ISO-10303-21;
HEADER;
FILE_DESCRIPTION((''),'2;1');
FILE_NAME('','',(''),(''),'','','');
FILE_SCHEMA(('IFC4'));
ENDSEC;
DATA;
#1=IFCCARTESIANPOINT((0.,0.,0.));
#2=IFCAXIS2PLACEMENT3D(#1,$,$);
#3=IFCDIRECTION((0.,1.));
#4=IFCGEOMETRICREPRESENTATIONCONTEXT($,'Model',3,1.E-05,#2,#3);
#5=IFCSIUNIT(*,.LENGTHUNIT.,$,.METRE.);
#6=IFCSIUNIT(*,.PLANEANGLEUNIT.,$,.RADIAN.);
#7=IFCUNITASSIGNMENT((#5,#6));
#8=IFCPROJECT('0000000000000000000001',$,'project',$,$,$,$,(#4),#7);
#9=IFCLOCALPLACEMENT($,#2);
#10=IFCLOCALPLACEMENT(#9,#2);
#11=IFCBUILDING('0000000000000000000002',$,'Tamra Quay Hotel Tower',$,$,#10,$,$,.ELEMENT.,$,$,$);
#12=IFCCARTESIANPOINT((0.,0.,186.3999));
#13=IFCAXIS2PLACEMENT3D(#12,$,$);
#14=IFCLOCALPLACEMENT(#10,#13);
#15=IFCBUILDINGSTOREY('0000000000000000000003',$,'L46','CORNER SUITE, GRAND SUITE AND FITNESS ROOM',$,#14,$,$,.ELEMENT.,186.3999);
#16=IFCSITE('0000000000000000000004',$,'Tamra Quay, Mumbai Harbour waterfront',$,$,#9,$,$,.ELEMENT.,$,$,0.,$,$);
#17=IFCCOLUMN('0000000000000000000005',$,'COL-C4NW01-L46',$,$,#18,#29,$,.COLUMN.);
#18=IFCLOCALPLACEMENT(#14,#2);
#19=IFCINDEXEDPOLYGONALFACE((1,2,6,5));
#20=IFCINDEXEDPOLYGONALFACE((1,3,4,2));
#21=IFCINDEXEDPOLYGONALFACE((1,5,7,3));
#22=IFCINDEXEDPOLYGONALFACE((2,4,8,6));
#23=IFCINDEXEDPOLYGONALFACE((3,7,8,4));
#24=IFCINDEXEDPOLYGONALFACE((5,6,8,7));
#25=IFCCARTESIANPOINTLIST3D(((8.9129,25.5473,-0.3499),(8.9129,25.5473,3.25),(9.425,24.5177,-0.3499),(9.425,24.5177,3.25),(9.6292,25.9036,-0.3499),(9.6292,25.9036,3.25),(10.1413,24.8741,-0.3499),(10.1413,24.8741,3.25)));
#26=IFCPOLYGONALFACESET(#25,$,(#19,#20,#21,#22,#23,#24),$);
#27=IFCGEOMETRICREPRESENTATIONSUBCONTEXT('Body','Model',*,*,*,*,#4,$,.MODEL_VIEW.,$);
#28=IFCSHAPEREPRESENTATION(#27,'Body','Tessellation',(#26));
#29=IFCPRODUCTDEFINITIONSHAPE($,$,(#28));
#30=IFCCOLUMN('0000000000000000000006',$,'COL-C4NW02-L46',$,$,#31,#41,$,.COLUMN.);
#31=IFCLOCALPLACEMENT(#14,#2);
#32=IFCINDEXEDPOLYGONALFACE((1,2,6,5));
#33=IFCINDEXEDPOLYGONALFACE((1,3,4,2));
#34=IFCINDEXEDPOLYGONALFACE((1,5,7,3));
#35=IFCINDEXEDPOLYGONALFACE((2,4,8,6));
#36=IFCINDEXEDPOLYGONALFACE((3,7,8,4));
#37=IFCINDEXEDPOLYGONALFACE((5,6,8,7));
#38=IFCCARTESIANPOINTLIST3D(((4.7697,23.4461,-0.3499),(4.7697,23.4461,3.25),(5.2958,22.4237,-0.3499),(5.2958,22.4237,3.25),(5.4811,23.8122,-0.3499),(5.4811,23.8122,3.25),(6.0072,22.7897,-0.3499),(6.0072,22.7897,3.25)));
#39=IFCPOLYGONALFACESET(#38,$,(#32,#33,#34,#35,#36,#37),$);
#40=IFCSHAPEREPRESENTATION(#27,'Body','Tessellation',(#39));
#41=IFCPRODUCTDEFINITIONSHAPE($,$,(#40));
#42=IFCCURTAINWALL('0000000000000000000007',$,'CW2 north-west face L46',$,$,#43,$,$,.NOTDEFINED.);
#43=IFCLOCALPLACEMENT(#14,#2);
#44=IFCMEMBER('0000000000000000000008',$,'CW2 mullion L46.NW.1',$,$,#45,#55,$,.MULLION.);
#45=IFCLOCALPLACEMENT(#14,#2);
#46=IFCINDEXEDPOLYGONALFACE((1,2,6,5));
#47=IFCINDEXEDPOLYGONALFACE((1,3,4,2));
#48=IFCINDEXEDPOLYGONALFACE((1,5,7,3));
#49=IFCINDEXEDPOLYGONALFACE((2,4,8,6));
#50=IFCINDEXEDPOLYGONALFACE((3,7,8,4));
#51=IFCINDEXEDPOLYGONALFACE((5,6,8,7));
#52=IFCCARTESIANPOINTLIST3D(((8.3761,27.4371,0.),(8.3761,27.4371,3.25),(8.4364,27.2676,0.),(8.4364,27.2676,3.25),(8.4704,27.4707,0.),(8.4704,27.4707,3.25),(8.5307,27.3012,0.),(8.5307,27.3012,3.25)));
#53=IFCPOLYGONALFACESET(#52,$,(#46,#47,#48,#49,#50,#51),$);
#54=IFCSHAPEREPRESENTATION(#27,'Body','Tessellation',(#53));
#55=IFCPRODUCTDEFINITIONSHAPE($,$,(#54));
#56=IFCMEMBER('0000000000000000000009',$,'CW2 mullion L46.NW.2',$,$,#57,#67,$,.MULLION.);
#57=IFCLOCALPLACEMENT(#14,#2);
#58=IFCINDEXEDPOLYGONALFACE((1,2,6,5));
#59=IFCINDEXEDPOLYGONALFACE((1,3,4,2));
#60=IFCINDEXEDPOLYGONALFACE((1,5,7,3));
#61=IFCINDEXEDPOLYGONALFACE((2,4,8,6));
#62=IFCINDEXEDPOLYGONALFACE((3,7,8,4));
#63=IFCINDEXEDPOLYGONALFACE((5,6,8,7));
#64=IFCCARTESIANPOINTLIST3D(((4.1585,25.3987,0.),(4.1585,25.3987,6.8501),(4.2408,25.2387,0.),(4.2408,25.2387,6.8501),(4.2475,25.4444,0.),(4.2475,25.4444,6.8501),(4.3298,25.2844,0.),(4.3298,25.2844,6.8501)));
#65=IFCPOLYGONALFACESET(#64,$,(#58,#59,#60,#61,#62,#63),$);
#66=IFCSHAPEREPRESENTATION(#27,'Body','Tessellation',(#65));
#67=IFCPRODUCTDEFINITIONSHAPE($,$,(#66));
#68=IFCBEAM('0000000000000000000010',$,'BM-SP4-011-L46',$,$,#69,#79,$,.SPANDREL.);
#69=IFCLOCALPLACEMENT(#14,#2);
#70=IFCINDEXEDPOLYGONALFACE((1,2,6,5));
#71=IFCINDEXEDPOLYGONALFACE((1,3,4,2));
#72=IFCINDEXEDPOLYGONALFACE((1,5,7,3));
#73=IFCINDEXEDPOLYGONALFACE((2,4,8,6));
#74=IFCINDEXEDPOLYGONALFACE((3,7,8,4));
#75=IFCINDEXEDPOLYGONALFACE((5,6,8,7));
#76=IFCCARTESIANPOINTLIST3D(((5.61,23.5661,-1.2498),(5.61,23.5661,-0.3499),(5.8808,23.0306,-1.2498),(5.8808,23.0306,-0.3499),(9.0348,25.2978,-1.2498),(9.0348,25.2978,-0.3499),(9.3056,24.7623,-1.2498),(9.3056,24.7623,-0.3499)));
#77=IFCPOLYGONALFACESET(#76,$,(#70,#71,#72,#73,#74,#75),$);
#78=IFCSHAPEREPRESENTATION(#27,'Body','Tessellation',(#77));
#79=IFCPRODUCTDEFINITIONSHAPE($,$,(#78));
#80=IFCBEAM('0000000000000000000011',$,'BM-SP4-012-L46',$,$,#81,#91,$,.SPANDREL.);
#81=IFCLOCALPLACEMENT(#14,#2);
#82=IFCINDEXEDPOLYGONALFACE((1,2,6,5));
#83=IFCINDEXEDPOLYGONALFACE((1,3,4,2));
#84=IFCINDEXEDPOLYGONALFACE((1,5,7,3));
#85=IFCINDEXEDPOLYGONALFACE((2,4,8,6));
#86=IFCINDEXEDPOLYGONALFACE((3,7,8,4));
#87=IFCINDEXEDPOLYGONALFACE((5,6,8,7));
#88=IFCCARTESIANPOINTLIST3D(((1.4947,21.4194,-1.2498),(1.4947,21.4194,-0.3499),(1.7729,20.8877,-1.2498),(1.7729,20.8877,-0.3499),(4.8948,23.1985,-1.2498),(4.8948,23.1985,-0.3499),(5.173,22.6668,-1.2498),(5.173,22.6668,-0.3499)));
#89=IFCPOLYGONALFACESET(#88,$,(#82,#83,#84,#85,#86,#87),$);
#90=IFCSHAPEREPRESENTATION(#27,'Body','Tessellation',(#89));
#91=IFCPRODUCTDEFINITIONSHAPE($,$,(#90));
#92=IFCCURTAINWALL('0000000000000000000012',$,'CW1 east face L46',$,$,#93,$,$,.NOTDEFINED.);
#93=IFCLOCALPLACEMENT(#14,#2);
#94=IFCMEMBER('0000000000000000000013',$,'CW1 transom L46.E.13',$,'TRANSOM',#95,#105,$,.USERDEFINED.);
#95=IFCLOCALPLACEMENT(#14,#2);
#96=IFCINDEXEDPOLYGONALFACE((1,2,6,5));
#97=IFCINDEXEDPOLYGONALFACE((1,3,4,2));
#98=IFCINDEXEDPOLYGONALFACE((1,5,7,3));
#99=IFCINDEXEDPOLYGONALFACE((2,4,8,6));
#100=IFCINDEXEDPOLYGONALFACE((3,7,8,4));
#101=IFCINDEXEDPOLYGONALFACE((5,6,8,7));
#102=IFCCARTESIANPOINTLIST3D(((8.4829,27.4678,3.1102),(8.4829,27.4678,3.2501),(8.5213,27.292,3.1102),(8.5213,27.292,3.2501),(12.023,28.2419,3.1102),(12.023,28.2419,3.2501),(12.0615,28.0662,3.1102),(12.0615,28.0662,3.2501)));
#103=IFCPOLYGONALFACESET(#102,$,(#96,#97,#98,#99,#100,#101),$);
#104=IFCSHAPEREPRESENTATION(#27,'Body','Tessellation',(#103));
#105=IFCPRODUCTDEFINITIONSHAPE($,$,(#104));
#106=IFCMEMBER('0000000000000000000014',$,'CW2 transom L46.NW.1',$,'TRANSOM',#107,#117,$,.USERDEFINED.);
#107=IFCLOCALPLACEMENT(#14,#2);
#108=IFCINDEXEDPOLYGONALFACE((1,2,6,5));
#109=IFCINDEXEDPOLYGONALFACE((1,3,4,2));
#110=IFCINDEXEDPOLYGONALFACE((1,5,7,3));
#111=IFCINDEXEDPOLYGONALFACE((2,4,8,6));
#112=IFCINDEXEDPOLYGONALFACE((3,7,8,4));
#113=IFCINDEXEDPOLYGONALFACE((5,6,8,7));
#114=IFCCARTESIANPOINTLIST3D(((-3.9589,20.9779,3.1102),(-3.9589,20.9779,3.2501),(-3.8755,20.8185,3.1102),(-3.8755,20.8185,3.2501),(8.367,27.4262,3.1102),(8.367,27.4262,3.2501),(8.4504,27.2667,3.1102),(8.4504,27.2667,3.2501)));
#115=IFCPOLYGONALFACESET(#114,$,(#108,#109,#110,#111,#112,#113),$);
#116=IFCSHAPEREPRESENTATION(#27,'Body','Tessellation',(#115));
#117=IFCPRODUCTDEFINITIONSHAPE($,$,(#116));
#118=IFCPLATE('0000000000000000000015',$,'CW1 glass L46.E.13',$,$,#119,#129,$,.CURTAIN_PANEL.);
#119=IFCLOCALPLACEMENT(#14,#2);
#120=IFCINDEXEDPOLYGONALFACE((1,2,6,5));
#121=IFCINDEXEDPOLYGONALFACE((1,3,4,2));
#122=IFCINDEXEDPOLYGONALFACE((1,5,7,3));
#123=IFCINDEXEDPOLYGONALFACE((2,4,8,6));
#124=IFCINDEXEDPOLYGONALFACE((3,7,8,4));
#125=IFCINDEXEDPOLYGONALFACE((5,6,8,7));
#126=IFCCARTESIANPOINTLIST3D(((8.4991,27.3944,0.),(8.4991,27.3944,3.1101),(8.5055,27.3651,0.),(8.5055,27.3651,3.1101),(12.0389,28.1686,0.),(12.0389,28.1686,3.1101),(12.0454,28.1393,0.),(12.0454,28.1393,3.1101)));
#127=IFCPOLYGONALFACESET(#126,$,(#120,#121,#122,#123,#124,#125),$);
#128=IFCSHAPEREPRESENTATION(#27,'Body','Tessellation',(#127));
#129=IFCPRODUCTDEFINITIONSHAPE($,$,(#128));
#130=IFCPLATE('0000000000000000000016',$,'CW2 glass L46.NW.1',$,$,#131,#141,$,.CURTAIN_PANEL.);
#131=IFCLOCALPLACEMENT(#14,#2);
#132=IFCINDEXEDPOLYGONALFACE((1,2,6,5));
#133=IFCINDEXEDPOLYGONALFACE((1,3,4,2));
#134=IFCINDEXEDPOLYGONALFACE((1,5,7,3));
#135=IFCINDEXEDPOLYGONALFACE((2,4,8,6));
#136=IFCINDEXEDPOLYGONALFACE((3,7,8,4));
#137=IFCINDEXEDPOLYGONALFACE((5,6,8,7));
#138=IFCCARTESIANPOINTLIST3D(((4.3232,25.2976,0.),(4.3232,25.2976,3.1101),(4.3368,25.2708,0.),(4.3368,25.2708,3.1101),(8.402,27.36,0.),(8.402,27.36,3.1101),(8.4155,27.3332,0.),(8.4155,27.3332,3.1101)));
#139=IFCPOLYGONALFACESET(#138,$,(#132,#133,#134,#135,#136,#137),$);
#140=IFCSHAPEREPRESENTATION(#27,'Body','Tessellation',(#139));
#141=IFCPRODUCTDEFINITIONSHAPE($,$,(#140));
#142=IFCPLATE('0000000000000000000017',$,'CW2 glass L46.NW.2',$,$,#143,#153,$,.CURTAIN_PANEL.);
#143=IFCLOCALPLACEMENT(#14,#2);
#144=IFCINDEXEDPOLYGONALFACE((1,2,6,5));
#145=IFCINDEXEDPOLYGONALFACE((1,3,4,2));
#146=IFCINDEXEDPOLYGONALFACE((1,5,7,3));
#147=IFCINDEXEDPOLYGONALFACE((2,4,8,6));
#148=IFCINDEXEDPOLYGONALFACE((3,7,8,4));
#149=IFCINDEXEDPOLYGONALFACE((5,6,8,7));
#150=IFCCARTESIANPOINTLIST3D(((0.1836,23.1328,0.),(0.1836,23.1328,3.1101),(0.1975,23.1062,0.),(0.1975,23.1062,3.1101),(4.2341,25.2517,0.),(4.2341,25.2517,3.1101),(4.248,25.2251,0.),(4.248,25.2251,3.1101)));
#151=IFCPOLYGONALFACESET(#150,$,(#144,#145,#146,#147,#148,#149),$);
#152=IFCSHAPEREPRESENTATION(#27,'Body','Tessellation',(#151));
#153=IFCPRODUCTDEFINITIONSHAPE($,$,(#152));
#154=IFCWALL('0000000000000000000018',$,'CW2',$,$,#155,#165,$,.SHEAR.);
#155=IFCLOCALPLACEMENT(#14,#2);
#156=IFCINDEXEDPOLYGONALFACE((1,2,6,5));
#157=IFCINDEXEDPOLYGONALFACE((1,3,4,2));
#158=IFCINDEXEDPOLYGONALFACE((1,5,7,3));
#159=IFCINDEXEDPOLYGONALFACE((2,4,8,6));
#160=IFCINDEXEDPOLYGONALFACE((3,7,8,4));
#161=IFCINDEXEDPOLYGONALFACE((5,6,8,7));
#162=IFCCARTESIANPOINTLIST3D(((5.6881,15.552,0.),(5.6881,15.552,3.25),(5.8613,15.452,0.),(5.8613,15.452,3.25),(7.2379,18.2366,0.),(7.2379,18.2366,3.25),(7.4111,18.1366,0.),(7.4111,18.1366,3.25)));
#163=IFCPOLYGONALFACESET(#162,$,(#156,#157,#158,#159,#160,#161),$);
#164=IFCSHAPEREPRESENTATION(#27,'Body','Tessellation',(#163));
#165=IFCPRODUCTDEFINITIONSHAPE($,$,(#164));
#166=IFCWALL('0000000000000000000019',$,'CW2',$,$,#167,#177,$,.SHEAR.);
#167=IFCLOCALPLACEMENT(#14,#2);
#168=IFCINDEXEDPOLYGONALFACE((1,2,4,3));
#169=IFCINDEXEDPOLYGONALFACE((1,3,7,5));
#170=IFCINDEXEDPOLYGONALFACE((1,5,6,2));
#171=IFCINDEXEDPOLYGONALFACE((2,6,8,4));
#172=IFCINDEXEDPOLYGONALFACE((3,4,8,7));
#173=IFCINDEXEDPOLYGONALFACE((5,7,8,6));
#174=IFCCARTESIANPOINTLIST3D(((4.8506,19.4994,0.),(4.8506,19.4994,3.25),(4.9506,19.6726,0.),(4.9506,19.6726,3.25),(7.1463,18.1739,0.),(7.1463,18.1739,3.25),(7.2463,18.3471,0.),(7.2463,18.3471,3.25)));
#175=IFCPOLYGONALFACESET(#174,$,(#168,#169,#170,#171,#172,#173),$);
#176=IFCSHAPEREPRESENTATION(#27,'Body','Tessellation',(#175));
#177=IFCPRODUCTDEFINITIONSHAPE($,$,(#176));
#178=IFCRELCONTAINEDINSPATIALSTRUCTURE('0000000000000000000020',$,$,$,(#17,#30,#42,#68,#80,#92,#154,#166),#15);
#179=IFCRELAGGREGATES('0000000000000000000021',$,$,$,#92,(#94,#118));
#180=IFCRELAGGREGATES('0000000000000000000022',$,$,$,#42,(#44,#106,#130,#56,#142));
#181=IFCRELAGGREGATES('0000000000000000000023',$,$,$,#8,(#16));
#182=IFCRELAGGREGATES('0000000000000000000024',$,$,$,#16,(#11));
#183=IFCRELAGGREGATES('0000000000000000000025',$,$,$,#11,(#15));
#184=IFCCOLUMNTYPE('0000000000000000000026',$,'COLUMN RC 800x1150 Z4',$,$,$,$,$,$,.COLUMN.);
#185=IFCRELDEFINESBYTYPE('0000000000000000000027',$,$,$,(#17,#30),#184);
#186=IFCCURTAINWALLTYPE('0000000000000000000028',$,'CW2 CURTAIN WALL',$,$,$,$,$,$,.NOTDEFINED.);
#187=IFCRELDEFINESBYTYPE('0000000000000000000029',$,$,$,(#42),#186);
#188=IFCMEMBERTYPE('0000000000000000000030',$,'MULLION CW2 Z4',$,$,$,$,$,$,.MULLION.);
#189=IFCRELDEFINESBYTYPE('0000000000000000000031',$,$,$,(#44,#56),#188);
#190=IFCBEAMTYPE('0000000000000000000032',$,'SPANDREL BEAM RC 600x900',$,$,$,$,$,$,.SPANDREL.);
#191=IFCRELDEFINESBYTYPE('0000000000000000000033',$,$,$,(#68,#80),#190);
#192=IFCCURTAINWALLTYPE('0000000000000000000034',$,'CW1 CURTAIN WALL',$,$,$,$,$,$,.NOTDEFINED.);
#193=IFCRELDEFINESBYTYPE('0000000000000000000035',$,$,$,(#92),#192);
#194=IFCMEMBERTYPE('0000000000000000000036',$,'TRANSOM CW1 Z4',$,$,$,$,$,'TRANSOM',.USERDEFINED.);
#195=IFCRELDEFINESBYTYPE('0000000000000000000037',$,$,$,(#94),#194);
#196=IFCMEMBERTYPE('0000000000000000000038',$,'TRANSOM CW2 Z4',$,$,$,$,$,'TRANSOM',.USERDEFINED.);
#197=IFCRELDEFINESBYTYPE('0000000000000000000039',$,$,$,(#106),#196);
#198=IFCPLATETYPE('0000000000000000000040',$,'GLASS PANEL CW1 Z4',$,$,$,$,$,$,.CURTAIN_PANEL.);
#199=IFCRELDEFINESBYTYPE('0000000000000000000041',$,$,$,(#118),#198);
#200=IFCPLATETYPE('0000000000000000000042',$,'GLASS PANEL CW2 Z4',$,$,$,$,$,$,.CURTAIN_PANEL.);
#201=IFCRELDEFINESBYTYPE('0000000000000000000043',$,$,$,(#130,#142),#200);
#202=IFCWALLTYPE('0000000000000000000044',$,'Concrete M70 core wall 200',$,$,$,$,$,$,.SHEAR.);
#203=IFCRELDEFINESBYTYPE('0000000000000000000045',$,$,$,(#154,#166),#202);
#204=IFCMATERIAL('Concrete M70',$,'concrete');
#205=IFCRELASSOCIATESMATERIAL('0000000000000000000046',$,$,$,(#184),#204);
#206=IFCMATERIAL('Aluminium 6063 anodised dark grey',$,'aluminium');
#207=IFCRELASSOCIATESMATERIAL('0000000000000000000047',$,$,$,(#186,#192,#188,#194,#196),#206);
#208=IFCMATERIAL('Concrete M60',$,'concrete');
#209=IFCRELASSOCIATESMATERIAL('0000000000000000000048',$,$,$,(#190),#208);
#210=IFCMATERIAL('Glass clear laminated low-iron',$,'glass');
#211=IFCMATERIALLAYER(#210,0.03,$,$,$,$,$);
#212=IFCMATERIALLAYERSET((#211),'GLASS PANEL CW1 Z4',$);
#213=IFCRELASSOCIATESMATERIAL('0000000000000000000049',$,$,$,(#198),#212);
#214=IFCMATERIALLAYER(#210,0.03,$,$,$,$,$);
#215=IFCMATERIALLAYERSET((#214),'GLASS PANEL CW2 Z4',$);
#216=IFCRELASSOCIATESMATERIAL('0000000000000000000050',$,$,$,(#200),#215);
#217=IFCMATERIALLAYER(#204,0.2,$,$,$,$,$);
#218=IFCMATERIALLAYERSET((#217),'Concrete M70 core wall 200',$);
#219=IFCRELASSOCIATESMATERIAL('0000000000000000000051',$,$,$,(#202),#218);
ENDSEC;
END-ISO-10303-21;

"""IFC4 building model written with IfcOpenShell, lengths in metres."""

from ifc_helpers import new_model, si_unit, direction, frame, frame_2d, origin, origin_2d, place, context, subcontext, project, spatial, rectangle, extrude, material, layer, layer_set, material_profile, profile_set, type_object, element, aggregate, save


model = new_model("IFC4")

# Units and contexts
model_context = context("Model", 3, precision=1e-05, world=origin(), true_north=direction((0.0, 1.0)))
body_context = subcontext(model_context, "Body", "Model", "MODEL_VIEW")
ifc_project = project(units=[si_unit("LENGTHUNIT", "METRE"), si_unit("PLANEANGLEUNIT", "RADIAN")], contexts=[model_context])

# Site, building, storey
site_placement = place(None, origin())
site = spatial("IfcSite", under=ifc_project, at=site_placement, Name="Tamra Quay, Mumbai Harbour waterfront", CompositionType="ELEMENT", RefElevation=0.0)
building_placement = place(site_placement, origin())
building = spatial("IfcBuilding", under=site, at=building_placement, Name="Tamra Quay Hotel Tower", CompositionType="ELEMENT")
storey_placement = place(building_placement, frame((0.0, 0.0, 186.3999)))
storey = spatial("IfcBuildingStorey", under=building, at=storey_placement, Name="L46", Description="CORNER SUITE, GRAND SUITE AND FITNESS ROOM", CompositionType="ELEMENT", Elevation=186.3999)

# Columns
ifc_material_1 = material(Name="Concrete M70", Category="concrete")
ifc_material_profile_1 = material_profile(ifc_material_1, rectangle(XDim=1.1499, YDim=0.8, at=origin_2d()), Name="COLUMN RC 800x1150 Z4")
ifc_profile_set_1 = profile_set([ifc_material_profile_1], Name="Concrete M70")
column_type = type_object("IfcColumnType", Name="COLUMN RC 800x1150 Z4", PredefinedType="COLUMN", material=ifc_profile_set_1)
for number, where, z_axis, x_axis, name in (
    (1, (9.5271, 25.2107, -0.3499), (0.0, 0.0, 1.0), (-0.445415, 0.895324, 0.0), "COL-C4NW01-L46"),
    (2, (5.3884, 23.1179, -0.3499), (0.0, 0.0, 1.0), (-0.457548, 0.889185, 0.0), "COL-C4NW02-L46"),
):
    element("IfcColumn", number, at=place(storey_placement, frame(where, z_axis=z_axis, x_axis=x_axis)), inside=storey, type_object=column_type, Name=name, PredefinedType="COLUMN", context=body_context, shape_type="SweptSolid", body=[
        extrude(rectangle(XDim=1.1499, YDim=0.8, at=origin_2d()), origin(), (0.0, 0.0, 1.0), 3.5999),
    ])

# Curtain wall, members
ifc_material_2 = material(Name="Aluminium 6063 anodised dark grey", Category="aluminium")
curtain_wall_type_1 = type_object("IfcCurtainWallType", Name="CW2 CURTAIN WALL", PredefinedType="NOTDEFINED", material=ifc_material_2)
curtain_wall_1_placement = place(storey_placement, origin())
curtain_wall_1 = element("IfcCurtainWall", 3, at=curtain_wall_1_placement, inside=storey, type_object=curtain_wall_type_1, Name="CW2 north-west face L46", PredefinedType="NOTDEFINED")
ifc_material_profile_2 = material_profile(ifc_material_2, rectangle(XDim=0.1799, YDim=0.1001, at=origin_2d()), Name="MULLION 100X180")
ifc_profile_set_2 = profile_set([ifc_material_profile_2], Name="Aluminium 6063 anodised dark grey")
member_type_1 = type_object("IfcMemberType", Name="MULLION CW2 Z4", PredefinedType="MULLION", material=ifc_profile_set_2)
member_1_placement = place(storey_placement, frame((8.4534, 27.3691, 0.0), z_axis=(0.0, 0.0, 1.0), x_axis=(-0.335128, 0.942172, 0.0)))
member_1 = element("IfcMember", 4, at=member_1_placement, type_object=member_type_1, Name="CW2 mullion L46.NW.1", PredefinedType="MULLION", context=body_context, shape_type="SweptSolid", body=[
    extrude(rectangle(XDim=0.1799, YDim=0.1001, at=origin_2d()), origin(), (0.0, 0.0, 1.0), 3.25),
])
member_2_placement = place(storey_placement, frame((4.2441, 25.3416, 0.0), z_axis=(0.0, 0.0, 1.0), x_axis=(-0.457401, 0.88926, 0.0)))
member_2 = element("IfcMember", 5, at=member_2_placement, type_object=member_type_1, Name="CW2 mullion L46.NW.2", PredefinedType="MULLION", context=body_context, shape_type="SweptSolid", body=[
    extrude(rectangle(XDim=0.1799, YDim=0.1001, at=origin_2d()), origin(), (0.0, 0.0, 1.0), 6.8501),
])

# Beams
ifc_material_3 = material(Name="Concrete M60", Category="concrete")
ifc_material_profile_3 = material_profile(ifc_material_3, rectangle(XDim=0.6001, YDim=0.8999, at=origin_2d()), Name="SPANDREL BEAM RC 600x900")
ifc_profile_set_3 = profile_set([ifc_material_profile_3], Name="Concrete M60")
beam_type = type_object("IfcBeamType", Name="SPANDREL BEAM RC 600x900", PredefinedType="SPANDREL", material=ifc_profile_set_3)
beam_1_placement = place(storey_placement, frame((9.1702, 25.03, -0.7998), z_axis=(-0.892408, -0.45123, 0.0), x_axis=(0.45123, -0.892408, 0.0)))
element("IfcBeam", 6, at=beam_1_placement, inside=storey, type_object=beam_type, Name="BM-SP4-011-L46", PredefinedType="SPANDREL", context=body_context, shape_type="SweptSolid", body=[
    extrude(rectangle(XDim=0.6001, YDim=0.8999, at=origin_2d()), origin(), (0.0, 0.0, 1.0), 3.8376),
])
beam_2_placement = place(storey_placement, frame((5.0339, 22.9326, -0.7998), z_axis=(-0.886043, -0.463603, 0.0), x_axis=(0.463603, -0.886043, 0.0)))
element("IfcBeam", 7, at=beam_2_placement, inside=storey, type_object=beam_type, Name="BM-SP4-012-L46", PredefinedType="SPANDREL", context=body_context, shape_type="SweptSolid", body=[
    extrude(rectangle(XDim=0.6001, YDim=0.8999, at=origin_2d()), origin(), (0.0, 0.0, 1.0), 3.8374),
])

# Curtain wall, member
curtain_wall_type_2 = type_object("IfcCurtainWallType", Name="CW1 CURTAIN WALL", PredefinedType="NOTDEFINED", material=ifc_material_2)
curtain_wall_2_placement = place(storey_placement, origin())
curtain_wall_2 = element("IfcCurtainWall", 8, at=curtain_wall_2_placement, inside=storey, type_object=curtain_wall_type_2, Name="CW1 east face L46", PredefinedType="NOTDEFINED")
ifc_material_profile_4 = material_profile(ifc_material_2, rectangle(XDim=0.1799, YDim=0.1399, at=origin_2d()), Name="TRANSOM 180X140")
ifc_profile_set_4 = profile_set([ifc_material_profile_4], Name="Aluminium 6063 anodised dark grey")
member_type_2 = type_object("IfcMemberType", Name="TRANSOM CW1 Z4", ElementType="TRANSOM", PredefinedType="USERDEFINED", material=ifc_profile_set_4)
member_3_placement = place(storey_placement, frame((12.0422, 28.1541, 3.1802), z_axis=(-0.976912, -0.213641, 0.0), x_axis=(0.213641, -0.976912, 0.0)))
member_3 = element("IfcMember", 9, at=member_3_placement, type_object=member_type_2, Name="CW1 transom L46.E.13", ObjectType="TRANSOM", PredefinedType="USERDEFINED", context=body_context, shape_type="SweptSolid", body=[
    extrude(rectangle(XDim=0.1799, YDim=0.1399, at=origin_2d()), origin(), (0.0, 0.0, 1.0), 3.6238),
])

# Member
ifc_material_profile_5 = material_profile(ifc_material_2, rectangle(XDim=0.1799, YDim=0.1399, at=origin_2d()), Name="TRANSOM 180X140")
ifc_profile_set_5 = profile_set([ifc_material_profile_5], Name="Aluminium 6063 anodised dark grey")
member_type_3 = type_object("IfcMemberType", Name="TRANSOM CW2 Z4", ElementType="TRANSOM", PredefinedType="USERDEFINED", material=ifc_profile_set_5)
member_4_placement = place(storey_placement, frame((8.4087, 27.3464, 3.1802), z_axis=(-0.886074, -0.463545, 0.0), x_axis=(0.463545, -0.886074, 0.0)))
member_4 = element("IfcMember", 10, at=member_4_placement, type_object=member_type_3, Name="CW2 transom L46.NW.1", ObjectType="TRANSOM", PredefinedType="USERDEFINED", context=body_context, shape_type="SweptSolid", body=[
    extrude(rectangle(XDim=0.1799, YDim=0.1399, at=origin_2d()), origin(), (0.0, 0.0, 1.0), 13.9106),
])

# Plates
ifc_material_4 = material(Name="Glass clear laminated low-iron", Category="glass")
ifc_layer_1 = layer(ifc_material_4, 0.03)
ifc_layer_set_1 = layer_set([ifc_layer_1], Name="GLASS PANEL CW1 Z4")
plate_type_1 = type_object("IfcPlateType", Name="GLASS PANEL CW1 Z4", PredefinedType="CURTAIN_PANEL", material=ifc_layer_set_1)
plate_1_placement = place(storey_placement, frame((10.2722, 27.7668, 0.0), z_axis=(0.0, 0.0, 1.0), x_axis=(-0.976906, -0.213669, 0.0)))
plate_1 = element("IfcPlate", 11, at=plate_1_placement, type_object=plate_type_1, Name="CW1 glass L46.E.13", PredefinedType="CURTAIN_PANEL", context=body_context, shape_type="SweptSolid", body=[
    extrude(rectangle(XDim=3.6235, YDim=0.03, at=origin_2d()), origin(), (0.0, 0.0, 1.0), 3.1101),
])
aggregate(curtain_wall_2, [member_3, plate_1])
ifc_layer_2 = layer(ifc_material_4, 0.03)
ifc_layer_set_2 = layer_set([ifc_layer_2], Name="GLASS PANEL CW2 Z4")
plate_type_2 = type_object("IfcPlateType", Name="GLASS PANEL CW2 Z4", PredefinedType="CURTAIN_PANEL", material=ifc_layer_set_2)
plate_2_placement = place(storey_placement, frame((6.3694, 26.3154, 0.0), z_axis=(0.0, 0.0, 1.0), x_axis=(-0.892403, -0.45124, 0.0)))
plate_2 = element("IfcPlate", 12, at=plate_2_placement, type_object=plate_type_2, Name="CW2 glass L46.NW.1", PredefinedType="CURTAIN_PANEL", context=body_context, shape_type="SweptSolid", body=[
    extrude(rectangle(XDim=4.5706, YDim=0.03, at=origin_2d()), origin(), (0.0, 0.0, 1.0), 3.1101),
])
plate_3_placement = place(storey_placement, frame((2.2158, 24.179, 0.0), z_axis=(0.0, 0.0, 1.0), x_axis=(-0.886075, -0.463541, 0.0)))
plate_3 = element("IfcPlate", 13, at=plate_3_placement, type_object=plate_type_2, Name="CW2 glass L46.NW.2", PredefinedType="CURTAIN_PANEL", context=body_context, shape_type="SweptSolid", body=[
    extrude(rectangle(XDim=4.5713, YDim=0.03, at=origin_2d()), origin(), (0.0, 0.0, 1.0), 3.1101),
])
aggregate(curtain_wall_1, [member_1, member_4, plate_2, member_2, plate_3])

# Walls
ifc_layer_3 = layer(ifc_material_1, 0.2)
ifc_layer_set_3 = layer_set([ifc_layer_3], Name="Concrete M70 core wall 200")
wall_type_1 = type_object("IfcWallType", Name="Concrete M70 core wall 200", PredefinedType="SHEAR", material=ifc_layer_set_3)
wall_1_placement = place(storey_placement, frame((7.3245, 18.1865, 0.0), z_axis=(0.0, 0.0, 1.0), x_axis=(-0.499968, -0.866044, 0.0)))
element("IfcWall", 14, at=wall_1_placement, inside=storey, type_object=wall_type_1, Name="CW2", PredefinedType="SHEAR", context=body_context, shape_type="SweptSolid", body=[
    extrude(rectangle(XDim=3.0999, YDim=0.2, at=frame_2d((1.5498, 0.0))), origin(), (0.0, 0.0, 1.0), 3.25),
])
wall_2_placement = place(storey_placement, frame((7.1963, 18.2605, 0.0), z_axis=(0.0, 0.0, 1.0), x_axis=(-0.866018, 0.500012, 0.0)))
element("IfcWall", 15, at=wall_2_placement, inside=storey, type_object=wall_type_1, Name="CW2", PredefinedType="SHEAR", context=body_context, shape_type="SweptSolid", body=[
    extrude(rectangle(XDim=2.6509, YDim=0.2, at=frame_2d((1.3254, 0.0))), origin(), (0.0, 0.0, 1.0), 3.25),
])

save(model, "model.ifc")
